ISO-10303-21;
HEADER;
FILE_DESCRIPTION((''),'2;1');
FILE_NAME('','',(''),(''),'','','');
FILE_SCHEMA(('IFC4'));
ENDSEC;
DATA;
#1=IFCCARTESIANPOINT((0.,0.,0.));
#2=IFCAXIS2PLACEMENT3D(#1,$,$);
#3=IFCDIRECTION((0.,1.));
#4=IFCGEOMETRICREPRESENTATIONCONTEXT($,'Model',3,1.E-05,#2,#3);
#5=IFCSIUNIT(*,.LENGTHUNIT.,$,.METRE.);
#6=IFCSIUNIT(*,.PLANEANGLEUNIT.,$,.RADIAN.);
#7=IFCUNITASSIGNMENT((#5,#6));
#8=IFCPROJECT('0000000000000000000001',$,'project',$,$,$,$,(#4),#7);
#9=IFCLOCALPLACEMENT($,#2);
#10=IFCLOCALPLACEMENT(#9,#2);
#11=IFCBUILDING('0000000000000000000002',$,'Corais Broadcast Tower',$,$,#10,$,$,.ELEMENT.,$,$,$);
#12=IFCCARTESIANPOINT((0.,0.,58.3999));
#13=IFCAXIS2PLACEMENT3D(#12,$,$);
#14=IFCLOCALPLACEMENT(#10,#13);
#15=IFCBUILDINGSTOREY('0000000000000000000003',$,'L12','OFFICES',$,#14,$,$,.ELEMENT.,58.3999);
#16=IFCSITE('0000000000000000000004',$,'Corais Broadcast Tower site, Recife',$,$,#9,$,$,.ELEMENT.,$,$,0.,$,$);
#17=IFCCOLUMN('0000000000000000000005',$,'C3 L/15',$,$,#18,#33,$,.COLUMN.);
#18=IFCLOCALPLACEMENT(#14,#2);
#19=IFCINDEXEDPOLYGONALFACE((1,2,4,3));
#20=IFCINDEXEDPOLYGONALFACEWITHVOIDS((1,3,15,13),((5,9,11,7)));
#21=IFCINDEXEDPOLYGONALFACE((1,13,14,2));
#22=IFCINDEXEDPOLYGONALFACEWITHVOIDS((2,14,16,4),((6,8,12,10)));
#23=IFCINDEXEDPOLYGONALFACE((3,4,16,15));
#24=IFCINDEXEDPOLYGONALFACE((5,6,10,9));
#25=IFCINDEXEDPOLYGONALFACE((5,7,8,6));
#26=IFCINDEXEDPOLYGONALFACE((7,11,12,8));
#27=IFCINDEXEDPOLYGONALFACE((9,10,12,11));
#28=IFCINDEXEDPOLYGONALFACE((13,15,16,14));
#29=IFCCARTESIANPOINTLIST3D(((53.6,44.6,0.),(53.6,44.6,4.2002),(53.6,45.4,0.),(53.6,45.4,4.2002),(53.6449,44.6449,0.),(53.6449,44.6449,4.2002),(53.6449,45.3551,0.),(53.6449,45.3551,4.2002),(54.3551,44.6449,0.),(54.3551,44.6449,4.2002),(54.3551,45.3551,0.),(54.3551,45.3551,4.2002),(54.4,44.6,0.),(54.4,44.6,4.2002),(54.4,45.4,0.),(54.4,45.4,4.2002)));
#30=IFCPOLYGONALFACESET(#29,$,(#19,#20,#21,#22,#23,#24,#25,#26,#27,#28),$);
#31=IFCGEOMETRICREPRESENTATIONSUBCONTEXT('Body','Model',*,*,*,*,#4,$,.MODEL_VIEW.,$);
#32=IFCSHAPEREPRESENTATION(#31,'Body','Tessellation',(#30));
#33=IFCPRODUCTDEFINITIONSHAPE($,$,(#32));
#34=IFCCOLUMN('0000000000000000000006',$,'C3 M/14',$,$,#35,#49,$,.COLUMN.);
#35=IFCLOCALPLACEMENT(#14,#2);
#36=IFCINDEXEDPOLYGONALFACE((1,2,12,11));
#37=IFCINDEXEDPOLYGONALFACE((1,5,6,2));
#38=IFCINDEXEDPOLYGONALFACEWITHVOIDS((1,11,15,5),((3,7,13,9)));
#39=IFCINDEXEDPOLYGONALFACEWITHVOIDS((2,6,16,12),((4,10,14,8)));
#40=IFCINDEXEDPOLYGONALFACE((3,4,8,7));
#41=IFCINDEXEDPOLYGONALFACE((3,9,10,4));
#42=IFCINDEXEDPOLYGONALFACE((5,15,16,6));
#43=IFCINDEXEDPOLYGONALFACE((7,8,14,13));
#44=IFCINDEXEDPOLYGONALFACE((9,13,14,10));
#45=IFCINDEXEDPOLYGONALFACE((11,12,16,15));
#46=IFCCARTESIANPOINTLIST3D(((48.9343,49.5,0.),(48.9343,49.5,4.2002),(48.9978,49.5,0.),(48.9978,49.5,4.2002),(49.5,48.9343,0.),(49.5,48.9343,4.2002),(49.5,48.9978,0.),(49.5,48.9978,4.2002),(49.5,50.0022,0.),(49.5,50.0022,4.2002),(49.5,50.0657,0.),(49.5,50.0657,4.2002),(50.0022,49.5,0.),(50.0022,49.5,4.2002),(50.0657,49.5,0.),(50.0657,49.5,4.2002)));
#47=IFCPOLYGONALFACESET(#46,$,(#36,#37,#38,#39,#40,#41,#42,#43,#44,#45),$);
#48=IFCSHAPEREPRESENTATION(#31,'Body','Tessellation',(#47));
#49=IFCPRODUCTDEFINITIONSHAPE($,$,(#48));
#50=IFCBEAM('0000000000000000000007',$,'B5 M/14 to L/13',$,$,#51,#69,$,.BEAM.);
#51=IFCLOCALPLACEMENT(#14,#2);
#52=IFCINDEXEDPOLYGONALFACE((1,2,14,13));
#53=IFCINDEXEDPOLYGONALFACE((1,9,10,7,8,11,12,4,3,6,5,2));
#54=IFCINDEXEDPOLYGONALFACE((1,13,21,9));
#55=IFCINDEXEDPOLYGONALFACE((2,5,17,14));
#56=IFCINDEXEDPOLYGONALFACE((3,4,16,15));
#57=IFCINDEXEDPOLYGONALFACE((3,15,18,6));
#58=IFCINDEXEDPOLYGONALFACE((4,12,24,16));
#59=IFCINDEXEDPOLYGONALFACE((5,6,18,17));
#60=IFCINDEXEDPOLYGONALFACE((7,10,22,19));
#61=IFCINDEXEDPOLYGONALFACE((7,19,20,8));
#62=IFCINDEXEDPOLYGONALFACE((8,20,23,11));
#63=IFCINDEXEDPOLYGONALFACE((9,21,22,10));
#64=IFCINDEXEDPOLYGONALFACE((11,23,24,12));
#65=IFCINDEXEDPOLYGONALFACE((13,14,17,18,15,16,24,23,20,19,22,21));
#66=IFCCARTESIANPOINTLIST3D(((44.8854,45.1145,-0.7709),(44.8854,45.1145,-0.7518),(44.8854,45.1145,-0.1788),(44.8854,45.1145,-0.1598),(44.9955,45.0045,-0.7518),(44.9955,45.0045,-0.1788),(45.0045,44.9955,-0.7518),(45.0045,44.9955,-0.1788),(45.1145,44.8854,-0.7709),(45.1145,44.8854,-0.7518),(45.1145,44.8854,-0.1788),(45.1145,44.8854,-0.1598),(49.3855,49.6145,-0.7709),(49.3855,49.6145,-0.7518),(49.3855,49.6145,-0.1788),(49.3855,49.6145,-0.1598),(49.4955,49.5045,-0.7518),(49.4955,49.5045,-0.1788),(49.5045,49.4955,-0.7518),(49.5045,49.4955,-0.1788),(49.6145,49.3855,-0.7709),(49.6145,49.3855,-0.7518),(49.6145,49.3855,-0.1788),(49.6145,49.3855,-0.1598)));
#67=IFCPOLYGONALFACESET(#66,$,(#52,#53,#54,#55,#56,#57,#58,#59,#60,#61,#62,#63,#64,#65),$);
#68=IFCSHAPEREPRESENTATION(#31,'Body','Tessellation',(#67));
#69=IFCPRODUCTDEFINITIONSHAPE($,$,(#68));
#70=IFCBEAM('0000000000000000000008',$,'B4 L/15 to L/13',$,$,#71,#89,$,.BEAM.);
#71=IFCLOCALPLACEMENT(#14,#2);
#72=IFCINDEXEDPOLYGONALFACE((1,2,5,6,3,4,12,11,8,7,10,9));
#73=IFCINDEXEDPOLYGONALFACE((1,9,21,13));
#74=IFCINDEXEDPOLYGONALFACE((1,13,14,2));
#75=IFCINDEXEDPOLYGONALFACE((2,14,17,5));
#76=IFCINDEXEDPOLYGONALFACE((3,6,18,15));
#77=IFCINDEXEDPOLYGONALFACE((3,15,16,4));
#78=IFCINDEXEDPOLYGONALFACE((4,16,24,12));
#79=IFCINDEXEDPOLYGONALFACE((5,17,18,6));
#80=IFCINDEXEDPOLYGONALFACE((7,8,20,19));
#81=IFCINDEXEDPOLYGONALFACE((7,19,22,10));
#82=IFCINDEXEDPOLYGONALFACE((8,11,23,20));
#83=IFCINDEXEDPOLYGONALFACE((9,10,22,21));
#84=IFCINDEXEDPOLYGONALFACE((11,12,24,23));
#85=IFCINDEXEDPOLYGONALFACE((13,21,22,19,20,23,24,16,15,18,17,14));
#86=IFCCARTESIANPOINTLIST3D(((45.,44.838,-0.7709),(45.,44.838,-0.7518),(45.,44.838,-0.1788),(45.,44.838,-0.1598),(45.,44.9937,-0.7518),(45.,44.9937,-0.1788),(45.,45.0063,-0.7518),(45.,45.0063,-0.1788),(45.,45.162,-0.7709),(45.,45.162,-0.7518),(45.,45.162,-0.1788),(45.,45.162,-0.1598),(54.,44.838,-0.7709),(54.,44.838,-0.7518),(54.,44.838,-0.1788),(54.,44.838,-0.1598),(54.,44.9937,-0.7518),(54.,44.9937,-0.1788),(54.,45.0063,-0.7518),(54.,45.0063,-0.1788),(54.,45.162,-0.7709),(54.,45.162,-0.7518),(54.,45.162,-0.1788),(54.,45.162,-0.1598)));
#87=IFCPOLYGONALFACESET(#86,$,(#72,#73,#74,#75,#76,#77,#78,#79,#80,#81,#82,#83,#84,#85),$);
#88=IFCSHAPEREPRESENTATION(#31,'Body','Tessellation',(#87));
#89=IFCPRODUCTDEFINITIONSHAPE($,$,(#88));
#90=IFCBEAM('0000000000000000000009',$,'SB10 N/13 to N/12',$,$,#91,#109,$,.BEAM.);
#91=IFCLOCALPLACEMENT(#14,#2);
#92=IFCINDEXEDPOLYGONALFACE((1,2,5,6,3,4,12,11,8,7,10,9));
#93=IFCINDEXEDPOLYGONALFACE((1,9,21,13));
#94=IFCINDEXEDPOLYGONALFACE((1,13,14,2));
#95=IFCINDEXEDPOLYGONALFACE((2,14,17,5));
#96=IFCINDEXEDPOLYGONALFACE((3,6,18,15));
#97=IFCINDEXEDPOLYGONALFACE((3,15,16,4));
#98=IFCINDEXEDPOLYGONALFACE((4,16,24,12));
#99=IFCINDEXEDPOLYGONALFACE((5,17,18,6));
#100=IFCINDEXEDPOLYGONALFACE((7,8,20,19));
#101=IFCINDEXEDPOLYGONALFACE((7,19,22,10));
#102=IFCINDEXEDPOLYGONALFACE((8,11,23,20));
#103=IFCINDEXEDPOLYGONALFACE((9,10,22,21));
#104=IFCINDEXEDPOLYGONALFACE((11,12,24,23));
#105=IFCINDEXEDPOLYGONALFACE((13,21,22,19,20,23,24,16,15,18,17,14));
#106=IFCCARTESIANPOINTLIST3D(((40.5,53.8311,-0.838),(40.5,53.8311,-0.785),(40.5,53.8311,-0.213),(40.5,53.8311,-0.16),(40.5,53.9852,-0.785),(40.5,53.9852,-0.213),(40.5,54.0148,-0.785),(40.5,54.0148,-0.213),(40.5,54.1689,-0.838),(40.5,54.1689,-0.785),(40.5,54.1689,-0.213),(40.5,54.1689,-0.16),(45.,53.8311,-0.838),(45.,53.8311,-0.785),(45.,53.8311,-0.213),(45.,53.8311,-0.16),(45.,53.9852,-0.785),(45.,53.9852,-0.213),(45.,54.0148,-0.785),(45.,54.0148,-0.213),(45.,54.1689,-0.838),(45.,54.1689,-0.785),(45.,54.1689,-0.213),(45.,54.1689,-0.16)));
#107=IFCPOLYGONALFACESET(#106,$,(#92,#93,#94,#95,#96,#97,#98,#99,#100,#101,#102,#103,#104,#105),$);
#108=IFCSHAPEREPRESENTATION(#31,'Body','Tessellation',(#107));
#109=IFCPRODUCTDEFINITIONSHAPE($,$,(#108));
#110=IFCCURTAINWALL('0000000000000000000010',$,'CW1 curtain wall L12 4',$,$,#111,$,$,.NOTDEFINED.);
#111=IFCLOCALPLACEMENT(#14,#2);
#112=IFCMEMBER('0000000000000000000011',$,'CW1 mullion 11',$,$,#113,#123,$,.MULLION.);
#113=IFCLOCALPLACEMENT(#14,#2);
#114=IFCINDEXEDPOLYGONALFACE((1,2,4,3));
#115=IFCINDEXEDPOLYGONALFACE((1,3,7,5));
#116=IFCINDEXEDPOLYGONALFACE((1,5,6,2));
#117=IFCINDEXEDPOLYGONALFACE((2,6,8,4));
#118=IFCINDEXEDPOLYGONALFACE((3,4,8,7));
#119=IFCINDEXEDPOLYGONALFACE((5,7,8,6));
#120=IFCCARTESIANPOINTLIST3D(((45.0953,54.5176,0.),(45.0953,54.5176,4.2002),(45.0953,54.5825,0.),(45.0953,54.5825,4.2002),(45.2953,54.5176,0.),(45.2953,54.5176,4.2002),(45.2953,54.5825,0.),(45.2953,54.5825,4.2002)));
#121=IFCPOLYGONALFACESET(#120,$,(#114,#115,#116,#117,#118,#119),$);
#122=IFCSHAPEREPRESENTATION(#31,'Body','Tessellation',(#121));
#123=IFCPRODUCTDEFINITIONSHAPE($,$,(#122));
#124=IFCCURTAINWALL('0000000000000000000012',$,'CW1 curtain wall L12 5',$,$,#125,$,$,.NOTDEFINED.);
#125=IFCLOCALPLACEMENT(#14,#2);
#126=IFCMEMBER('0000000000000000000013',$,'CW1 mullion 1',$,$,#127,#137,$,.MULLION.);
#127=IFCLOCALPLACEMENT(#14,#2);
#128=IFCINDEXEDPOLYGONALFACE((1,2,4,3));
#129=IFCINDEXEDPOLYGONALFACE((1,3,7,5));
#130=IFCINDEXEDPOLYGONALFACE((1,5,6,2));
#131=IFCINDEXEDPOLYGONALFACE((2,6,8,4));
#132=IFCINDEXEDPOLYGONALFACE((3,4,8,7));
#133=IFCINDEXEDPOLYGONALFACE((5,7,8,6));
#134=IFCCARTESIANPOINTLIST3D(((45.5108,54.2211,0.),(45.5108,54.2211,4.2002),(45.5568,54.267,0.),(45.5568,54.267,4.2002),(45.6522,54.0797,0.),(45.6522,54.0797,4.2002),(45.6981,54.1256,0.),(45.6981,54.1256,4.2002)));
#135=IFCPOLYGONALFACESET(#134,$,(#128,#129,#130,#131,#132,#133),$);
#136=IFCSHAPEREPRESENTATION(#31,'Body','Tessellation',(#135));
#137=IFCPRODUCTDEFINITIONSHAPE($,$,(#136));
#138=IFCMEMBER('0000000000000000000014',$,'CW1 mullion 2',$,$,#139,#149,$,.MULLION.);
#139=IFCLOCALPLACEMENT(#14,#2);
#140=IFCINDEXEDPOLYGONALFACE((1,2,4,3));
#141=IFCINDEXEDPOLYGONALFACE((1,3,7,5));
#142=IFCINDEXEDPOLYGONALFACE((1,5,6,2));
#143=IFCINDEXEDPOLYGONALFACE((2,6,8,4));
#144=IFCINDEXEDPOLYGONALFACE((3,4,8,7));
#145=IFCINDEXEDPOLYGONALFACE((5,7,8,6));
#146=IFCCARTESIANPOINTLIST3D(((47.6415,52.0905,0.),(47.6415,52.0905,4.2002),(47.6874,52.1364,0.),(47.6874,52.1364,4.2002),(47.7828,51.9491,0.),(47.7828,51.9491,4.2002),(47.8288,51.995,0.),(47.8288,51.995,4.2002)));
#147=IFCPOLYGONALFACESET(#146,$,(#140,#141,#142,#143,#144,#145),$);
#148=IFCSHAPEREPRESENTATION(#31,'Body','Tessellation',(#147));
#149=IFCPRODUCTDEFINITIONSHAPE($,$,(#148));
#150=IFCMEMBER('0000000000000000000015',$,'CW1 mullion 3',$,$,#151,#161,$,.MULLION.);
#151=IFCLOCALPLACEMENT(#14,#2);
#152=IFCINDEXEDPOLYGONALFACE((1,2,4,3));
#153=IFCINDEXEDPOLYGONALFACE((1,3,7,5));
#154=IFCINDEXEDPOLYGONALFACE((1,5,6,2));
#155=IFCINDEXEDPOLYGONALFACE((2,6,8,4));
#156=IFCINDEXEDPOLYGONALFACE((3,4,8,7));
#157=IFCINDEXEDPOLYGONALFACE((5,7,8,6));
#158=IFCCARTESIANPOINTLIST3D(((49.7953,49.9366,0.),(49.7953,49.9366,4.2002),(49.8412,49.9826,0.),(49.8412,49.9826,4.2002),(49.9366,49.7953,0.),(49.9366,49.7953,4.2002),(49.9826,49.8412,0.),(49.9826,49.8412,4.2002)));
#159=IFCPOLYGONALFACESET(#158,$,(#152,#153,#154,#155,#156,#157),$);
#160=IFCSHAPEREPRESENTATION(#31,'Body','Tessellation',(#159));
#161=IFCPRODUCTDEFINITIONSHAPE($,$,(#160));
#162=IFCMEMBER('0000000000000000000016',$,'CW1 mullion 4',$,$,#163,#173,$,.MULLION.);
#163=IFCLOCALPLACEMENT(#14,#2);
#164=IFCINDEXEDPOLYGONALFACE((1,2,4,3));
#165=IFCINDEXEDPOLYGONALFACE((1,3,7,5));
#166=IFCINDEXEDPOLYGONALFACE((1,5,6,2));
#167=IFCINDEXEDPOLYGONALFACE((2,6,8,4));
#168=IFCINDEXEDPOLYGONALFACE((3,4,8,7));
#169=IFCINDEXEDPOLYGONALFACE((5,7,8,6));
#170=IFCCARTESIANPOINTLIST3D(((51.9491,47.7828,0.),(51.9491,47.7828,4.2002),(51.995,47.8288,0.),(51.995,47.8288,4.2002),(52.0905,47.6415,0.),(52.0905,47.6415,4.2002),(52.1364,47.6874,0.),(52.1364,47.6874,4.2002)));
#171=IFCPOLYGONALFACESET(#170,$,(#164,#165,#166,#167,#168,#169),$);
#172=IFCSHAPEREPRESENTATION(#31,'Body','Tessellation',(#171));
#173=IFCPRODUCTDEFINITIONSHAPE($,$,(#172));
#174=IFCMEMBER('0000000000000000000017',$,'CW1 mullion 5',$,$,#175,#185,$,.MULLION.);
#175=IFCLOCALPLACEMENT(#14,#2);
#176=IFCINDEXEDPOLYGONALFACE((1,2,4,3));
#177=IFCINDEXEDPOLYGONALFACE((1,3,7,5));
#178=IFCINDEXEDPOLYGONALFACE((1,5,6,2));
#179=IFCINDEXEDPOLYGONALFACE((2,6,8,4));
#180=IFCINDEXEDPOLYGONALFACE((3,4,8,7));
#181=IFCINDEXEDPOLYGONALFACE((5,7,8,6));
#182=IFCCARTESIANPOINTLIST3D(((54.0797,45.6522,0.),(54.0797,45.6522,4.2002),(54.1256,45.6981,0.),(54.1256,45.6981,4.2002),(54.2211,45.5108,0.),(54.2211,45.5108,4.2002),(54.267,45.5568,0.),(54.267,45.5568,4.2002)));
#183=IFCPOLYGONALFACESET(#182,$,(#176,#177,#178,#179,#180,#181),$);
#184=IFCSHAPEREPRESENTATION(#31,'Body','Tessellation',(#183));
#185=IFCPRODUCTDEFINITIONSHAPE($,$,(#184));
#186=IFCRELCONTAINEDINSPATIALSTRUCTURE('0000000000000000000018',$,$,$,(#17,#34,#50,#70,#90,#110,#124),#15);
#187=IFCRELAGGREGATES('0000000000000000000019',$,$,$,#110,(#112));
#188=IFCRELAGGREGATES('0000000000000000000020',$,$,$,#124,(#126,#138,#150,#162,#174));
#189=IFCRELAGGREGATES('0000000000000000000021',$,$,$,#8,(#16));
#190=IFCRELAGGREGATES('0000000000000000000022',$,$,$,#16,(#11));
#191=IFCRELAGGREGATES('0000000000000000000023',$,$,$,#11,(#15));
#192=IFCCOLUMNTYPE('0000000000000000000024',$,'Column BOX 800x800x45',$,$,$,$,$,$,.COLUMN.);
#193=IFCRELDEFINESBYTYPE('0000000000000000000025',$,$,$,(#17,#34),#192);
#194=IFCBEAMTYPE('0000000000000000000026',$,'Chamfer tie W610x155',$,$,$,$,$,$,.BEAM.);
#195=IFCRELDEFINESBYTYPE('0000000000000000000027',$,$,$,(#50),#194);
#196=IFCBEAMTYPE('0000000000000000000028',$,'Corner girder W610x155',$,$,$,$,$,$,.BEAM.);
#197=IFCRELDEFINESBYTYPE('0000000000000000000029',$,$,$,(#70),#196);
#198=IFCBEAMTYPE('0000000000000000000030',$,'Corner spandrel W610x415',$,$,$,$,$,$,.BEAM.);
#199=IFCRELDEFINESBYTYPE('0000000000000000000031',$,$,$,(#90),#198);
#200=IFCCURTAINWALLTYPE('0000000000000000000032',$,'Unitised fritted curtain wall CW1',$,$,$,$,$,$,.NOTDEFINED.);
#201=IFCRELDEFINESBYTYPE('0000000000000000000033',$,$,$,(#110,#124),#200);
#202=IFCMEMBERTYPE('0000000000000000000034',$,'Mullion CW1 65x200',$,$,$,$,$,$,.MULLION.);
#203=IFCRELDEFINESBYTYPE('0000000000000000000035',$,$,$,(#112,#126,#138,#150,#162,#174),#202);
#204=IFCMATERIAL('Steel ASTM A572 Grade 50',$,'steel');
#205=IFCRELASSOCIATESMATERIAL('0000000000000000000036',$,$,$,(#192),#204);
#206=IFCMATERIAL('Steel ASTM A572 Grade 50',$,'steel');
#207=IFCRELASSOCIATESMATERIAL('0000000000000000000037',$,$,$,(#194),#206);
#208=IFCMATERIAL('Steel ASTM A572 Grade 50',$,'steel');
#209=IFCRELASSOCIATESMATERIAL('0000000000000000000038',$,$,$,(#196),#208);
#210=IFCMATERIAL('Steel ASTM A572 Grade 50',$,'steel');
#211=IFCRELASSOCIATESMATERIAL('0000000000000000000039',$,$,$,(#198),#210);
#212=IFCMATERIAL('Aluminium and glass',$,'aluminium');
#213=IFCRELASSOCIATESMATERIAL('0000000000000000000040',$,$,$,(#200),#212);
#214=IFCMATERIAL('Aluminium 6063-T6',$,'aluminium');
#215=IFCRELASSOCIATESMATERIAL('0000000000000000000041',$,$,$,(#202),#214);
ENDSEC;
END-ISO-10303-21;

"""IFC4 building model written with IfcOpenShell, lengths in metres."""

from ifc_helpers import new_model, si_unit, direction, frame, origin, origin_2d, place, context, subcontext, project, spatial, rectangle, hollow_rectangle, i_section, extrude, material, material_profile, profile_set, type_object, element, aggregate, save


model = new_model("IFC4")

# Units and contexts
model_context = context("Model", 3, precision=1e-05, world=origin(), true_north=direction((0.0, 1.0)))
body_context = subcontext(model_context, "Body", "Model", "MODEL_VIEW")
ifc_project = project(units=[si_unit("LENGTHUNIT", "METRE"), si_unit("PLANEANGLEUNIT", "RADIAN")], contexts=[model_context])

# Site, building, storey
site_placement = place(None, origin())
site = spatial("IfcSite", under=ifc_project, at=site_placement, Name="Corais Broadcast Tower site, Recife", CompositionType="ELEMENT", RefElevation=0.0)
building_placement = place(site_placement, origin())
building = spatial("IfcBuilding", under=site, at=building_placement, Name="Corais Broadcast Tower", CompositionType="ELEMENT")
storey_placement = place(building_placement, frame((0.0, 0.0, 58.3999)))
storey = spatial("IfcBuildingStorey", under=building, at=storey_placement, Name="L12", Description="OFFICES", CompositionType="ELEMENT", Elevation=58.3999)

# Columns
ifc_material_1 = material(Name="Steel ASTM A572 Grade 50", Category="steel")
ifc_material_profile_1 = material_profile(ifc_material_1, hollow_rectangle(XDim=0.8, YDim=0.8, WallThickness=0.0449, at=origin_2d()), Name="BOX 800x800x45")
ifc_profile_set_1 = profile_set([ifc_material_profile_1], Name="Steel ASTM A572 Grade 50")
column_type = type_object("IfcColumnType", Name="Column BOX 800x800x45", PredefinedType="COLUMN", material=ifc_profile_set_1)
for number, where, z_axis, x_axis, name in (
    (1, (54.0, 45.0, 0.0), (0.0, 0.0, 1.0), (1.0, 0.0, 0.0), "C3 L/15"),
    (2, (49.5, 49.5, 0.0), (0.0, 0.0, 1.0), (0.707107, 0.707107, 0.0), "C3 M/14"),
):
    element("IfcColumn", number, at=place(storey_placement, frame(where, z_axis=z_axis, x_axis=x_axis)), inside=storey, type_object=column_type, Name=name, PredefinedType="COLUMN", context=body_context, shape_type="SweptSolid", body=[
        extrude(hollow_rectangle(XDim=0.8, YDim=0.8, WallThickness=0.0449, at=origin_2d()), origin(), (0.0, 0.0, 1.0), 4.2002),
    ])

# Beams
ifc_material_2 = material(Name="Steel ASTM A572 Grade 50", Category="steel")
ifc_material_profile_2 = material_profile(ifc_material_2, i_section(OverallWidth=0.324, OverallDepth=0.6111, WebThickness=0.0127, FlangeThickness=0.019, at=origin_2d()), Name="W610x155")
ifc_profile_set_2 = profile_set([ifc_material_profile_2], Name="Steel ASTM A572 Grade 50")
beam_type_1 = type_object("IfcBeamType", Name="Chamfer tie W610x155", PredefinedType="BEAM", material=ifc_profile_set_2)
beam_1_placement = place(storey_placement, frame((49.5, 49.5, -0.4653), z_axis=(-0.707107, -0.707107, 0.0), x_axis=(0.707107, -0.707107, 0.0)))
element("IfcBeam", 3, at=beam_1_placement, inside=storey, type_object=beam_type_1, Name="B5 M/14 to L/13", PredefinedType="BEAM", context=body_context, shape_type="SweptSolid", body=[
    extrude(i_section(OverallWidth=0.324, OverallDepth=0.6111, WebThickness=0.0127, FlangeThickness=0.019, at=origin_2d()), origin(), (0.0, 0.0, 1.0), 6.364),
])
ifc_material_3 = material(Name="Steel ASTM A572 Grade 50", Category="steel")
ifc_material_profile_3 = material_profile(ifc_material_3, i_section(OverallWidth=0.324, OverallDepth=0.6111, WebThickness=0.0127, FlangeThickness=0.019, at=origin_2d()), Name="W610x155")
ifc_profile_set_3 = profile_set([ifc_material_profile_3], Name="Steel ASTM A572 Grade 50")
beam_type_2 = type_object("IfcBeamType", Name="Corner girder W610x155", PredefinedType="BEAM", material=ifc_profile_set_3)
beam_2_placement = place(storey_placement, frame((54.0, 45.0, -0.4653), z_axis=(-1.0, 0.0, 0.0), x_axis=(0.0, -1.0, 0.0)))
element("IfcBeam", 4, at=beam_2_placement, inside=storey, type_object=beam_type_2, Name="B4 L/15 to L/13", PredefinedType="BEAM", context=body_context, shape_type="SweptSolid", body=[
    extrude(i_section(OverallWidth=0.324, OverallDepth=0.6111, WebThickness=0.0127, FlangeThickness=0.019, at=origin_2d()), origin(), (0.0, 0.0, 1.0), 9.0),
])
ifc_material_4 = material(Name="Steel ASTM A572 Grade 50", Category="steel")
ifc_material_profile_4 = material_profile(ifc_material_4, i_section(OverallWidth=0.3379, OverallDepth=0.678, WebThickness=0.0295, FlangeThickness=0.053, at=origin_2d()), Name="W610x415")
ifc_profile_set_4 = profile_set([ifc_material_profile_4], Name="Steel ASTM A572 Grade 50")
beam_type_3 = type_object("IfcBeamType", Name="Corner spandrel W610x415", PredefinedType="BEAM", material=ifc_profile_set_4)
beam_3_placement = place(storey_placement, frame((45.0, 54.0, -0.499), z_axis=(-1.0, 0.0, 0.0), x_axis=(0.0, -1.0, 0.0)))
element("IfcBeam", 5, at=beam_3_placement, inside=storey, type_object=beam_type_3, Name="SB10 N/13 to N/12", PredefinedType="BEAM", context=body_context, shape_type="SweptSolid", body=[
    extrude(i_section(OverallWidth=0.3379, OverallDepth=0.678, WebThickness=0.0295, FlangeThickness=0.053, at=origin_2d()), origin(), (0.0, 0.0, 1.0), 4.5),
])

# Curtain wall, member
ifc_material_5 = material(Name="Aluminium and glass", Category="aluminium")
curtain_wall_type = type_object("IfcCurtainWallType", Name="Unitised fritted curtain wall CW1", PredefinedType="NOTDEFINED", material=ifc_material_5)
curtain_wall_1_placement = place(storey_placement, origin())
curtain_wall_1 = element("IfcCurtainWall", 6, at=curtain_wall_1_placement, inside=storey, type_object=curtain_wall_type, Name="CW1 curtain wall L12 4", PredefinedType="NOTDEFINED")
ifc_material_6 = material(Name="Aluminium 6063-T6", Category="aluminium")
ifc_material_profile_5 = material_profile(ifc_material_6, rectangle(XDim=0.0649, YDim=0.2, at=origin_2d()), Name="Mullion CW1 65x200")
ifc_profile_set_5 = profile_set([ifc_material_profile_5], Name="Aluminium 6063-T6")
member_type_1 = type_object("IfcMemberType", Name="Mullion CW1 65x200", PredefinedType="MULLION", material=ifc_profile_set_5)
member_1_placement = place(storey_placement, frame((45.1953, 54.55, 0.0), z_axis=(0.0, 0.0, 1.0), x_axis=(0.0, 1.0, 0.0)))
member_1 = element("IfcMember", 7, at=member_1_placement, type_object=member_type_1, Name="CW1 mullion 11", PredefinedType="MULLION", context=body_context, shape_type="SweptSolid", body=[
    extrude(rectangle(XDim=0.0649, YDim=0.2, at=origin_2d()), origin(), (0.0, 0.0, 1.0), 4.2002),
])
aggregate(curtain_wall_1, [member_1])

# Curtain wall, members
curtain_wall_2_placement = place(storey_placement, origin())
curtain_wall_2 = element("IfcCurtainWall", 8, at=curtain_wall_2_placement, inside=storey, type_object=curtain_wall_type, Name="CW1 curtain wall L12 5", PredefinedType="NOTDEFINED")
member_2_placement = place(storey_placement, frame((45.6045, 54.1733, 0.0), z_axis=(0.0, 0.0, 1.0), x_axis=(0.707107, 0.707107, 0.0)))
member_2 = element("IfcMember", 9, at=member_2_placement, type_object=member_type_1, Name="CW1 mullion 1", PredefinedType="MULLION", context=body_context, shape_type="SweptSolid", body=[
    extrude(rectangle(XDim=0.0649, YDim=0.2, at=origin_2d()), origin(), (0.0, 0.0, 1.0), 4.2002),
])
member_3_placement = place(storey_placement, frame((47.7351, 52.0427, 0.0), z_axis=(0.0, 0.0, 1.0), x_axis=(0.707107, 0.707107, 0.0)))
member_3 = element("IfcMember", 10, at=member_3_placement, type_object=member_type_1, Name="CW1 mullion 2", PredefinedType="MULLION", context=body_context, shape_type="SweptSolid", body=[
    extrude(rectangle(XDim=0.0649, YDim=0.2, at=origin_2d()), origin(), (0.0, 0.0, 1.0), 4.2002),
])
member_4_placement = place(storey_placement, frame((49.8889, 49.8889, 0.0), z_axis=(0.0, 0.0, 1.0), x_axis=(0.707107, 0.707107, 0.0)))
member_4 = element("IfcMember", 11, at=member_4_placement, type_object=member_type_1, Name="CW1 mullion 3", PredefinedType="MULLION", context=body_context, shape_type="SweptSolid", body=[
    extrude(rectangle(XDim=0.0649, YDim=0.2, at=origin_2d()), origin(), (0.0, 0.0, 1.0), 4.2002),
])
member_5_placement = place(storey_placement, frame((52.0427, 47.7351, 0.0), z_axis=(0.0, 0.0, 1.0), x_axis=(0.707107, 0.707107, 0.0)))
member_5 = element("IfcMember", 12, at=member_5_placement, type_object=member_type_1, Name="CW1 mullion 4", PredefinedType="MULLION", context=body_context, shape_type="SweptSolid", body=[
    extrude(rectangle(XDim=0.0649, YDim=0.2, at=origin_2d()), origin(), (0.0, 0.0, 1.0), 4.2002),
])
member_6_placement = place(storey_placement, frame((54.1733, 45.6045, 0.0), z_axis=(0.0, 0.0, 1.0), x_axis=(0.707107, 0.707107, 0.0)))
member_6 = element("IfcMember", 13, at=member_6_placement, type_object=member_type_1, Name="CW1 mullion 5", PredefinedType="MULLION", context=body_context, shape_type="SweptSolid", body=[
    extrude(rectangle(XDim=0.0649, YDim=0.2, at=origin_2d()), origin(), (0.0, 0.0, 1.0), 4.2002),
])

aggregate(curtain_wall_2, [member_2, member_3, member_4, member_5, member_6])

save(model, "model.ifc")
